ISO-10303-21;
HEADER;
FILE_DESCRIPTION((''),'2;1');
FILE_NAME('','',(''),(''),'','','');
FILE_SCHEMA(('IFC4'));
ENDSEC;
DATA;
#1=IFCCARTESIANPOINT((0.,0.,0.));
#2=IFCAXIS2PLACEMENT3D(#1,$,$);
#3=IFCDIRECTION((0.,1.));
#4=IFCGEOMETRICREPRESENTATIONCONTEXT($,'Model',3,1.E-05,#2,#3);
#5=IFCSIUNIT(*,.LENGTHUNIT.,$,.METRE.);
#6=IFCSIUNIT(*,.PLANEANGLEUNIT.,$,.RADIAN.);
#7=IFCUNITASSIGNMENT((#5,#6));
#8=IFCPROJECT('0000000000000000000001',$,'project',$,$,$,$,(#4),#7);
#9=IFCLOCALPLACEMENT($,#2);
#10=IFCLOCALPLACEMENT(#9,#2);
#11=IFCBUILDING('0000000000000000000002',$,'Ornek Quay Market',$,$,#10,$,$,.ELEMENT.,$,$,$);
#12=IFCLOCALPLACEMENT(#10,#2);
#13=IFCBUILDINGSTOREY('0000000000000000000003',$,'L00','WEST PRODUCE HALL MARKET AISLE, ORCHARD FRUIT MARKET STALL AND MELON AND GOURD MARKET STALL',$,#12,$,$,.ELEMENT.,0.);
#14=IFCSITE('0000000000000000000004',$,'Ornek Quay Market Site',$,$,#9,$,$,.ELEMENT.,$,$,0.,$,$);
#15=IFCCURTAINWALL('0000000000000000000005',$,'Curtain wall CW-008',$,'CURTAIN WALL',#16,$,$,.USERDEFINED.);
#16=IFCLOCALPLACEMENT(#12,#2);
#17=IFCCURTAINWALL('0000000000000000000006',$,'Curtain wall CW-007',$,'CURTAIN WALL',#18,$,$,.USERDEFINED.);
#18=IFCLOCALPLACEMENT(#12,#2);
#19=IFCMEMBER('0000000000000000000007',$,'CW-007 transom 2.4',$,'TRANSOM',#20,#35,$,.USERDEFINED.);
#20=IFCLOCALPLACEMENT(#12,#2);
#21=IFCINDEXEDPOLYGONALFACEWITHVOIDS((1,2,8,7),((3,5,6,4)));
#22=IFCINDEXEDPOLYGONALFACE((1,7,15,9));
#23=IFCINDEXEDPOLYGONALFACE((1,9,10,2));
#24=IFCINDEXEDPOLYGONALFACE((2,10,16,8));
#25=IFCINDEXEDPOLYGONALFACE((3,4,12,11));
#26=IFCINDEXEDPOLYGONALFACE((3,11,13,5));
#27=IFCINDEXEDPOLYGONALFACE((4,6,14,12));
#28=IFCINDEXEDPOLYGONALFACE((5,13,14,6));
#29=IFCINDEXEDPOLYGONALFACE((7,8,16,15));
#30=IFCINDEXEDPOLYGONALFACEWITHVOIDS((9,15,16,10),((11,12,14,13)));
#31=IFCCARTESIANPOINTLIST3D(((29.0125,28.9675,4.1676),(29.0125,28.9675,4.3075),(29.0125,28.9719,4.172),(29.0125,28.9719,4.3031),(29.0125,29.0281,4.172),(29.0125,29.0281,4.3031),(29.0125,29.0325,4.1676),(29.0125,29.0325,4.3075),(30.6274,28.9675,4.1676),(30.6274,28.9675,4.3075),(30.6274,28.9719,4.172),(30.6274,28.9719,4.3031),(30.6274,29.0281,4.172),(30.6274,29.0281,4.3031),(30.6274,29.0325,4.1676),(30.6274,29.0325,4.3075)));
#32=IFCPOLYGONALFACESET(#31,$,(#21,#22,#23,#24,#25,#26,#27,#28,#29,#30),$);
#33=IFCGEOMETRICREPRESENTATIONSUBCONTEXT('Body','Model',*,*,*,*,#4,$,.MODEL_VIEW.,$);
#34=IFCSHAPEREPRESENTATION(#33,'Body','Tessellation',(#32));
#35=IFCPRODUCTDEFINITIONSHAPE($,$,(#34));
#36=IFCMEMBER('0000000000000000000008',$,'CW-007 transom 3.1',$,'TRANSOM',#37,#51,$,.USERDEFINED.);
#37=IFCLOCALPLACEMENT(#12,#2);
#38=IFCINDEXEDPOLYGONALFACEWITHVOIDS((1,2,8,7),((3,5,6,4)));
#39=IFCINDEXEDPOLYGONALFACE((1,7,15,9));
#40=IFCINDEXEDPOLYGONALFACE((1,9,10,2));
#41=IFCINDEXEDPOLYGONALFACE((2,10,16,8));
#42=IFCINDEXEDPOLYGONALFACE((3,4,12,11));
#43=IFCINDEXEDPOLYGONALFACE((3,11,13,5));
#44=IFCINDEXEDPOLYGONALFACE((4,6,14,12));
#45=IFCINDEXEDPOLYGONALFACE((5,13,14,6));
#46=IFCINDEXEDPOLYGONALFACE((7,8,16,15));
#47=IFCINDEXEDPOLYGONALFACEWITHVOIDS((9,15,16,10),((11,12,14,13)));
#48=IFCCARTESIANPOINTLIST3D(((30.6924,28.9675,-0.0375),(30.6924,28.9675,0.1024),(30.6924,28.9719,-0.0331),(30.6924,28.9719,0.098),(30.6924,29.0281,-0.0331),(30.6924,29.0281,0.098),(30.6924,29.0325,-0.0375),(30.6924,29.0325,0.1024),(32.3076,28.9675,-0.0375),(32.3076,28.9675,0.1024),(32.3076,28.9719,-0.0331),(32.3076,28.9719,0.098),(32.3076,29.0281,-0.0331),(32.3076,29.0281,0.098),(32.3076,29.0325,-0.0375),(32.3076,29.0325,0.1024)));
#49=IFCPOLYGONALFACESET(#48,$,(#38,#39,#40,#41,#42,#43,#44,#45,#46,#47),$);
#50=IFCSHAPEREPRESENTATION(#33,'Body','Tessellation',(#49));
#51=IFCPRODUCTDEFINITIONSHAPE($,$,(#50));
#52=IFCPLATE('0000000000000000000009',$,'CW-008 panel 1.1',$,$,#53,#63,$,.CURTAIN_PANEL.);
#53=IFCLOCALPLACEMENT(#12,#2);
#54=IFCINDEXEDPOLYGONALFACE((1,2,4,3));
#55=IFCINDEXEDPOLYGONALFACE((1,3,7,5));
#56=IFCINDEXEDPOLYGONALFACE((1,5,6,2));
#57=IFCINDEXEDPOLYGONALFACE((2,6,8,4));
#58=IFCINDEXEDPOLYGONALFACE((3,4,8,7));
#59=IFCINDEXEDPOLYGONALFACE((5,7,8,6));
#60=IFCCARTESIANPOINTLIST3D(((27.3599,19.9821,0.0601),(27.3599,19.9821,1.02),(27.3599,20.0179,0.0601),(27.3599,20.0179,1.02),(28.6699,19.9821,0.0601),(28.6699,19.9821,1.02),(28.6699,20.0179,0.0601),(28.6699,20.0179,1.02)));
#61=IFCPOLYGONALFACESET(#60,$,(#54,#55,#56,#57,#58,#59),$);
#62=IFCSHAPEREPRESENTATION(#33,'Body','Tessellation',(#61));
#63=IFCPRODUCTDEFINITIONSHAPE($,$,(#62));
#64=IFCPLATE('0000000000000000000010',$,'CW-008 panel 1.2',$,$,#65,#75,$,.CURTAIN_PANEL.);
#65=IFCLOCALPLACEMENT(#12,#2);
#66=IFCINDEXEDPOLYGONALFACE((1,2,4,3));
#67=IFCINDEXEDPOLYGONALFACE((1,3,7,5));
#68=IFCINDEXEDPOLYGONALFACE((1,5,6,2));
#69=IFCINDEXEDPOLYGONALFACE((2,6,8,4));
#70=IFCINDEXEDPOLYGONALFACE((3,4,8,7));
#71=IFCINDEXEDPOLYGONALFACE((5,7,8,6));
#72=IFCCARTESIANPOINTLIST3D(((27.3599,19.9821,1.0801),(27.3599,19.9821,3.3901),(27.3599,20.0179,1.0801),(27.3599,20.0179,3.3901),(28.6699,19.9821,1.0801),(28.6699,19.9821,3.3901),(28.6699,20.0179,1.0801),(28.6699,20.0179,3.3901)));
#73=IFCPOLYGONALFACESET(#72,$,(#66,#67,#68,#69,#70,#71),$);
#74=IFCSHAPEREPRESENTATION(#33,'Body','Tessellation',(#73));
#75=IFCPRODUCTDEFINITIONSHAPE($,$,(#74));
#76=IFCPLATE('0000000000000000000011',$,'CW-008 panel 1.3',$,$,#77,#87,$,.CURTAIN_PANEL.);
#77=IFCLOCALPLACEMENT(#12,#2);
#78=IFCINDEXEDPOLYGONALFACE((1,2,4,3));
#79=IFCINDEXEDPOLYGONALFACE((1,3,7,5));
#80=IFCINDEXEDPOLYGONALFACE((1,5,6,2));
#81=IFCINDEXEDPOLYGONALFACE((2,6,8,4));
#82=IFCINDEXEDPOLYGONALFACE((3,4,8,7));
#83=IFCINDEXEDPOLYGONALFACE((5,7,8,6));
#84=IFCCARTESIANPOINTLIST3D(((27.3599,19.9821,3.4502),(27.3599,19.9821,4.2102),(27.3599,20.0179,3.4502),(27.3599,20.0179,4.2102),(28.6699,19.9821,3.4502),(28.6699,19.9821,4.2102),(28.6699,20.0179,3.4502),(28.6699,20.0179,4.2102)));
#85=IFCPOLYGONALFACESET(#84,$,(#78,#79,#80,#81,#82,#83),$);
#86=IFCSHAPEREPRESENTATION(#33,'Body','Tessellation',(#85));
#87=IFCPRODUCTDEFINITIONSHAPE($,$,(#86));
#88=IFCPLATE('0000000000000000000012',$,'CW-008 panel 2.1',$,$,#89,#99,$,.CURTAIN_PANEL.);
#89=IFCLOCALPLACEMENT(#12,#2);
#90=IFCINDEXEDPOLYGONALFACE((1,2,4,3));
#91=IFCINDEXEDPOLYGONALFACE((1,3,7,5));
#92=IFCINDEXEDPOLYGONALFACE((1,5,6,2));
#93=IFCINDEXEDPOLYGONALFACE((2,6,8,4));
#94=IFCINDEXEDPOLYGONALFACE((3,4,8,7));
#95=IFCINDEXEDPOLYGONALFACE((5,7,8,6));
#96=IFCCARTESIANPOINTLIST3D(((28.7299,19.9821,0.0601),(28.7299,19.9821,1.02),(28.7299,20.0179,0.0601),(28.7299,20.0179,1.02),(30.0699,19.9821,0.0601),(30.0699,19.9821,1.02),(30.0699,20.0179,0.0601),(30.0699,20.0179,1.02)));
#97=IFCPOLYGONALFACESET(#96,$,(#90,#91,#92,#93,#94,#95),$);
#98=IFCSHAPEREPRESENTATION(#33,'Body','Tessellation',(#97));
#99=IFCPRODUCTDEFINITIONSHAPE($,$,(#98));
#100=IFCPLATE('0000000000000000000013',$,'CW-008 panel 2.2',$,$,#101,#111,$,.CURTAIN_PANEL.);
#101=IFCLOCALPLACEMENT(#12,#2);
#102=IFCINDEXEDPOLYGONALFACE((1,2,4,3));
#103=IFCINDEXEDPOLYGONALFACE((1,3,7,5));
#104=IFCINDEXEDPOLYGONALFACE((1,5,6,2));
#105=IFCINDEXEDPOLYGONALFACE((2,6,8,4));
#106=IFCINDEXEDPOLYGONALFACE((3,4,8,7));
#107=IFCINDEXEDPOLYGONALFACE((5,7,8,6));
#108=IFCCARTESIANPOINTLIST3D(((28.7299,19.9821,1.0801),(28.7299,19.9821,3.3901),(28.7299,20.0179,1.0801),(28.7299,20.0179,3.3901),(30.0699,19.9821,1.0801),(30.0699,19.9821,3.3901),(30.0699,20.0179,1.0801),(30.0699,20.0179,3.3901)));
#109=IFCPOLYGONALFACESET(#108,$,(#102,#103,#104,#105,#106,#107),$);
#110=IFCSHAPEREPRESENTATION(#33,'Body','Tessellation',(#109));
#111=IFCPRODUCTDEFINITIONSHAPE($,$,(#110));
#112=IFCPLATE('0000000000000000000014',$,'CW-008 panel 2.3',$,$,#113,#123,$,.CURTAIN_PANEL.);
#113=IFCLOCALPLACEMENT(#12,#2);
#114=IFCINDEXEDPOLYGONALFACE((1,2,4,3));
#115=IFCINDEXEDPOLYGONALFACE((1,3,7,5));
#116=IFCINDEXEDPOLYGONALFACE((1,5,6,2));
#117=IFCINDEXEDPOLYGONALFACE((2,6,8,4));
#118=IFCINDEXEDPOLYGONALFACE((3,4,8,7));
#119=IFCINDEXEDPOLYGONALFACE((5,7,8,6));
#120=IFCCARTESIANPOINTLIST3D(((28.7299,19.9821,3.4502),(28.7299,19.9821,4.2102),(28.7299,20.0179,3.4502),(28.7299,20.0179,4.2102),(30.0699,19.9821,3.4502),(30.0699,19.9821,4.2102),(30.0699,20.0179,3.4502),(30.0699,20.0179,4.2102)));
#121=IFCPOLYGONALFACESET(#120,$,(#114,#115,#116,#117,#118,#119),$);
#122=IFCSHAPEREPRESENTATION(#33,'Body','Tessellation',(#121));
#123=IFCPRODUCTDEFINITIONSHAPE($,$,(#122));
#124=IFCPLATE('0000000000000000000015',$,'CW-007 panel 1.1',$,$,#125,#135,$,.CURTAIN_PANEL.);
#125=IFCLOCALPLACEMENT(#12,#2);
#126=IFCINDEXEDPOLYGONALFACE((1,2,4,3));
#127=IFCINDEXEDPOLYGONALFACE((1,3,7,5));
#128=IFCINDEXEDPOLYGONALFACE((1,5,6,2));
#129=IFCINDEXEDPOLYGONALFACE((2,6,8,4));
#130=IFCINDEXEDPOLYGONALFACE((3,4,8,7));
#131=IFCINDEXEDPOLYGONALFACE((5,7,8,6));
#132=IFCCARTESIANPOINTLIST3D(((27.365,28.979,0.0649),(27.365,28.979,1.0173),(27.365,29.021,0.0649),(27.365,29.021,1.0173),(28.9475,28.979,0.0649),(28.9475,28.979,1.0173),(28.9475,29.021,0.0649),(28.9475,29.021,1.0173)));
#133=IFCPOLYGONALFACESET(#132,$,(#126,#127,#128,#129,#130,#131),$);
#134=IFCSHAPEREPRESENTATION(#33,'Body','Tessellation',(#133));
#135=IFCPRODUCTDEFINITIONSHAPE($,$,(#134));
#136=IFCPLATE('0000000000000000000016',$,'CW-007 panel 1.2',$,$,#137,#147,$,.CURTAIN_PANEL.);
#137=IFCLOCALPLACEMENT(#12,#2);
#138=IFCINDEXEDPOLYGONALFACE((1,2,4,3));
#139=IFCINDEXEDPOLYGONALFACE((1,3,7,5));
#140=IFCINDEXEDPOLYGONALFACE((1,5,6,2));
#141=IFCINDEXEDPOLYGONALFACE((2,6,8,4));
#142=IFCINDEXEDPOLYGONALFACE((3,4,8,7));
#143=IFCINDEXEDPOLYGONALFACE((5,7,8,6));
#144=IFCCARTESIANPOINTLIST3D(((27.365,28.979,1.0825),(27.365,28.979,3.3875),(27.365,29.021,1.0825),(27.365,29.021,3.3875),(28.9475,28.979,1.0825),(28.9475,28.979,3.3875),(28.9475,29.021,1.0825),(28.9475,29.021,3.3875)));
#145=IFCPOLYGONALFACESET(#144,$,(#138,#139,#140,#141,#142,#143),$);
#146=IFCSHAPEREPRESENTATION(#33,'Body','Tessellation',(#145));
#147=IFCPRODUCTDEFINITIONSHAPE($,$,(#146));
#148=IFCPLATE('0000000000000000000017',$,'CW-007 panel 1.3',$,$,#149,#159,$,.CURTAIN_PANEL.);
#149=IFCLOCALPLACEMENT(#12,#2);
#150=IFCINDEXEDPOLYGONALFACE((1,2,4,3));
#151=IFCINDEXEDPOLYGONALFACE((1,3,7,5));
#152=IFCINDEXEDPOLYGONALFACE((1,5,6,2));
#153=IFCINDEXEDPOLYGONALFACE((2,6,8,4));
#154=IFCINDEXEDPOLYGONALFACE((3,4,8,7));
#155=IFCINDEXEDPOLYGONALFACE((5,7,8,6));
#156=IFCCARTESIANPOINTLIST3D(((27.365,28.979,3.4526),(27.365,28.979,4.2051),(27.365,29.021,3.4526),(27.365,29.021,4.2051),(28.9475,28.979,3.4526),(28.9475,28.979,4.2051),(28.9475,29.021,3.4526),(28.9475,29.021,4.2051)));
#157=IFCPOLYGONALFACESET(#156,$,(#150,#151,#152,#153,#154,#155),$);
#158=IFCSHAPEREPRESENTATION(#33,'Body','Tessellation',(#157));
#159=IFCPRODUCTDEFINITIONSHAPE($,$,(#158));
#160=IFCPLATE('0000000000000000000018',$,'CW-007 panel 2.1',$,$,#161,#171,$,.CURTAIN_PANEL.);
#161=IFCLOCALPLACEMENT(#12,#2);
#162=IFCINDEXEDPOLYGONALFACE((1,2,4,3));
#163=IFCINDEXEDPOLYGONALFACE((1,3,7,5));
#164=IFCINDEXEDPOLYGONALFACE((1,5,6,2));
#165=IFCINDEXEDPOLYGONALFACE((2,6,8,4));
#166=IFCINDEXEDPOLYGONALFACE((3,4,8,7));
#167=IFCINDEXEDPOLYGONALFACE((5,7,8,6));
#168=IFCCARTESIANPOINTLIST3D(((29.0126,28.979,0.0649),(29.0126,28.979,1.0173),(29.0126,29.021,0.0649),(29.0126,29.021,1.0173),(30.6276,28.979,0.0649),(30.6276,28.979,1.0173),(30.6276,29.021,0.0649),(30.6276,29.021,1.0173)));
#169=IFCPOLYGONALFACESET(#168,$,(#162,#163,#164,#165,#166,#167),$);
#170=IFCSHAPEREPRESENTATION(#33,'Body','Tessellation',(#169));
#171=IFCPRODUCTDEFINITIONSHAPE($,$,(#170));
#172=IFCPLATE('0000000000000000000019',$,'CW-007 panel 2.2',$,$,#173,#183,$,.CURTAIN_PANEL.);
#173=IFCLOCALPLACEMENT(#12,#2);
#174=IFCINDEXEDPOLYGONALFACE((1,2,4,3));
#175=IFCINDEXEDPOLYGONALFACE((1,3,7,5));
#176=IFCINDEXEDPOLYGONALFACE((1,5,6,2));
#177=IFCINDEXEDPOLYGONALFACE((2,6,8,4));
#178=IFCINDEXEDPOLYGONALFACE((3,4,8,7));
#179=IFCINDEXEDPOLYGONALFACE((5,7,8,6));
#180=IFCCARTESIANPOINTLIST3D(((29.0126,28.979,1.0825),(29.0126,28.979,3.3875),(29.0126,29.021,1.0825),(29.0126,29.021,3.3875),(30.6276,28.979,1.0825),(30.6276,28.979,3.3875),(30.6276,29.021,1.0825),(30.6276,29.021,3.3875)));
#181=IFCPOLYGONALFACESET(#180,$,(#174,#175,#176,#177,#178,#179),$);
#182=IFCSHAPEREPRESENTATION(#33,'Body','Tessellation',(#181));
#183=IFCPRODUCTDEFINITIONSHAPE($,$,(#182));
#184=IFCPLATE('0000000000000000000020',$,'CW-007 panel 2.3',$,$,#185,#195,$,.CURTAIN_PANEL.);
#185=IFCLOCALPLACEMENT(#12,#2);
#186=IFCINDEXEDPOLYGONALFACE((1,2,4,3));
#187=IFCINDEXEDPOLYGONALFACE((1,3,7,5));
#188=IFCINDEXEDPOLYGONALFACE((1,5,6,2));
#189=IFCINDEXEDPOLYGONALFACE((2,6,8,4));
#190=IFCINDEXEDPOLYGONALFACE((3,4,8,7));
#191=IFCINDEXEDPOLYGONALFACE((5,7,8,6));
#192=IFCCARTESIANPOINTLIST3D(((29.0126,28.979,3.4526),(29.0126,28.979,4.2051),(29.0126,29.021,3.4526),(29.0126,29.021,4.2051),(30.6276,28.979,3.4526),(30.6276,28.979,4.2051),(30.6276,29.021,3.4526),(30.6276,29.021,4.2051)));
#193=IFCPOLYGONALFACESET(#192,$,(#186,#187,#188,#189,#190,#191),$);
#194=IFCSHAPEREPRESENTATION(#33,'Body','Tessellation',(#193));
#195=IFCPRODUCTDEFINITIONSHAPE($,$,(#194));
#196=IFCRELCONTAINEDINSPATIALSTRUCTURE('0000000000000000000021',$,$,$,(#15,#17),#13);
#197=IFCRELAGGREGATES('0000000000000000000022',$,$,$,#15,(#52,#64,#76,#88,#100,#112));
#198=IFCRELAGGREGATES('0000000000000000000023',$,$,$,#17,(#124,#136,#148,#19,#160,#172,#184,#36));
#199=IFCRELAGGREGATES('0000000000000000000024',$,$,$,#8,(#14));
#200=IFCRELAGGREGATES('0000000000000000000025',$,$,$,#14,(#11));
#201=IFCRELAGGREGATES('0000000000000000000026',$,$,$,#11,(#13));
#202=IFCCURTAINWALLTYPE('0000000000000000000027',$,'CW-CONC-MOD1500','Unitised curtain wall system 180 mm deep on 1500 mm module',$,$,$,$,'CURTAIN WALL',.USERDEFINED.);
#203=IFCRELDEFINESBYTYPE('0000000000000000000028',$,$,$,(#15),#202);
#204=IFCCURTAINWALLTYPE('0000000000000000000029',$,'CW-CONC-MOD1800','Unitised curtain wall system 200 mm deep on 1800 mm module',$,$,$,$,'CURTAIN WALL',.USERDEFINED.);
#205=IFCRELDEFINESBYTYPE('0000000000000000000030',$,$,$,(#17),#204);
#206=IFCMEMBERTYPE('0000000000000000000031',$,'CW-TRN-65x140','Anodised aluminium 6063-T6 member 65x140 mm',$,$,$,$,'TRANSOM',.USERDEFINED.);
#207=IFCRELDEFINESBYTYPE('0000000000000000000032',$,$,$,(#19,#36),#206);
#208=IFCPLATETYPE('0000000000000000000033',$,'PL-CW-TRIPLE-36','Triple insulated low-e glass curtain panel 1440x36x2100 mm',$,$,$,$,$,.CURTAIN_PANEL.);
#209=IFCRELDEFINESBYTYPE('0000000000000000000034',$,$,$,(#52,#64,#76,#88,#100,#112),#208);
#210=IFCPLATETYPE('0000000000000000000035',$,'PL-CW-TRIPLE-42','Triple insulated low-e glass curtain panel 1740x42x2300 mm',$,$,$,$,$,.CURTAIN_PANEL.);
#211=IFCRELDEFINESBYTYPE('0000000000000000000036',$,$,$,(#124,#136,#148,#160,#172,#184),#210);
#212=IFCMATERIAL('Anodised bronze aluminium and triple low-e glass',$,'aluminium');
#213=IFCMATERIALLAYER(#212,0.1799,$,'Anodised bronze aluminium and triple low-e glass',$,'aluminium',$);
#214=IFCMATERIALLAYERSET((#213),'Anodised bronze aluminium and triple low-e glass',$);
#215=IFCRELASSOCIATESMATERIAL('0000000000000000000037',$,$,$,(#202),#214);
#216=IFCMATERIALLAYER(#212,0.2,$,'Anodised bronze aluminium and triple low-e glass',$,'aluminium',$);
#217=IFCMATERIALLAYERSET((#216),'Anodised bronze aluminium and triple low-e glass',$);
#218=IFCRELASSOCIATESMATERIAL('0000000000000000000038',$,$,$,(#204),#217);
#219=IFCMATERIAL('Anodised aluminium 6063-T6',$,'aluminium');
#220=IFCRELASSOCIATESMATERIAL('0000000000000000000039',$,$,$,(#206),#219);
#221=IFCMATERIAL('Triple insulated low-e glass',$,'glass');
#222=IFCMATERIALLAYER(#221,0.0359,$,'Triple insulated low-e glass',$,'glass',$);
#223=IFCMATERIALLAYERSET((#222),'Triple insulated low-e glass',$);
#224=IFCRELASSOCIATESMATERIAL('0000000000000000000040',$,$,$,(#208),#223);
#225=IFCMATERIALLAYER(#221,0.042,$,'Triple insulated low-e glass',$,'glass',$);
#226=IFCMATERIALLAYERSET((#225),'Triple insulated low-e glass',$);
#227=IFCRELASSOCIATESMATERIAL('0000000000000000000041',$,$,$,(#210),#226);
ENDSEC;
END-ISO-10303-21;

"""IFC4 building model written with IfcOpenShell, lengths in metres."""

from ifc_helpers import new_model, si_unit, direction, frame, origin, origin_2d, place, context, subcontext, project, spatial, rectangle, hollow_rectangle, extrude, material, layer, layer_set, material_profile, profile_set, type_object, element, aggregate, save


model = new_model("IFC4")

# Units and contexts
model_context = context("Model", 3, precision=1e-05, world=origin(), true_north=direction((0.0, 1.0)))
body_context = subcontext(model_context, "Body", "Model", "MODEL_VIEW")
ifc_project = project(units=[si_unit("LENGTHUNIT", "METRE"), si_unit("PLANEANGLEUNIT", "RADIAN")], contexts=[model_context])

# Site, building, storey
site_placement = place(None, origin())
site = spatial("IfcSite", under=ifc_project, at=site_placement, Name="Ornek Quay Market Site", CompositionType="ELEMENT", RefElevation=0.0)
building_placement = place(site_placement, origin())
building = spatial("IfcBuilding", under=site, at=building_placement, Name="Ornek Quay Market", CompositionType="ELEMENT")
storey_placement = place(building_placement, origin())
storey = spatial("IfcBuildingStorey", under=building, at=storey_placement, Name="L00", Description="WEST PRODUCE HALL MARKET AISLE, ORCHARD FRUIT MARKET STALL AND MELON AND GOURD MARKET STALL", CompositionType="ELEMENT", Elevation=0.0)

# Curtain walls
ifc_material_1 = material(Name="Anodised bronze aluminium and triple low-e glass", Category="aluminium")
ifc_layer_1 = layer(ifc_material_1, 0.1799, Name="Anodised bronze aluminium and triple low-e glass", Category="aluminium")
ifc_layer_set_1 = layer_set([ifc_layer_1], Name="Anodised bronze aluminium and triple low-e glass")
curtain_wall_type_1 = type_object("IfcCurtainWallType", Name="CW-CONC-MOD1500", Description="Unitised curtain wall system 180 mm deep on 1500 mm module", ElementType="CURTAIN WALL", PredefinedType="USERDEFINED", material=ifc_layer_set_1)
curtain_wall_1_placement = place(storey_placement, origin())
curtain_wall_1 = element("IfcCurtainWall", 1, at=curtain_wall_1_placement, inside=storey, type_object=curtain_wall_type_1, Name="Curtain wall CW-008", ObjectType="CURTAIN WALL", PredefinedType="USERDEFINED")
ifc_material_2 = material(Name="Anodised aluminium 6063-T6", Category="aluminium")
ifc_layer_2 = layer(ifc_material_1, 0.2, Name="Anodised bronze aluminium and triple low-e glass", Category="aluminium")
ifc_layer_set_2 = layer_set([ifc_layer_2], Name="Anodised bronze aluminium and triple low-e glass")
curtain_wall_type_2 = type_object("IfcCurtainWallType", Name="CW-CONC-MOD1800", Description="Unitised curtain wall system 200 mm deep on 1800 mm module", ElementType="CURTAIN WALL", PredefinedType="USERDEFINED", material=ifc_layer_set_2)
curtain_wall_2_placement = place(storey_placement, origin())
curtain_wall_2 = element("IfcCurtainWall", 2, at=curtain_wall_2_placement, inside=storey, type_object=curtain_wall_type_2, Name="Curtain wall CW-007", ObjectType="CURTAIN WALL", PredefinedType="USERDEFINED")

# Members
ifc_material_profile_1 = material_profile(ifc_material_2, hollow_rectangle(XDim=0.0649, YDim=0.1399, WallThickness=0.0044, at=origin_2d()), Name="CW-TRN-65x140", Category="aluminium")
ifc_profile_set_1 = profile_set([ifc_material_profile_1], Name="Anodised aluminium 6063-T6")
member_type_1 = type_object("IfcMemberType", Name="CW-TRN-65x140", Description="Anodised aluminium 6063-T6 member 65x140 mm", ElementType="TRANSOM", PredefinedType="USERDEFINED", material=ifc_profile_set_1)
member_1_placement = place(storey_placement, frame((29.0125, 29.0, 4.2375), z_axis=(1.0, 0.0, 0.0), x_axis=(0.0, 1.0, 0.0)))
member_1 = element("IfcMember", 3, at=member_1_placement, type_object=member_type_1, Name="CW-007 transom 2.4", ObjectType="TRANSOM", PredefinedType="USERDEFINED", context=body_context, shape_type="SweptSolid", body=[
    extrude(hollow_rectangle(XDim=0.0649, YDim=0.1399, WallThickness=0.0044, at=origin_2d()), origin(), (0.0, 0.0, 1.0), 1.615),
])
member_2_placement = place(storey_placement, frame((30.6924, 29.0, 0.0325), z_axis=(1.0, 0.0, 0.0), x_axis=(0.0, 1.0, 0.0)))
member_2 = element("IfcMember", 4, at=member_2_placement, type_object=member_type_1, Name="CW-007 transom 3.1", ObjectType="TRANSOM", PredefinedType="USERDEFINED", context=body_context, shape_type="SweptSolid", body=[
    extrude(hollow_rectangle(XDim=0.0649, YDim=0.1399, WallThickness=0.0044, at=origin_2d()), origin(), (0.0, 0.0, 1.0), 1.6152),
])

# Plates
ifc_material_3 = material(Name="Triple insulated low-e glass", Category="glass")
ifc_layer_3 = layer(ifc_material_3, 0.0359, Name="Triple insulated low-e glass", Category="glass")
ifc_layer_set_3 = layer_set([ifc_layer_3], Name="Triple insulated low-e glass")
plate_type_1 = type_object("IfcPlateType", Name="PL-CW-TRIPLE-36", Description="Triple insulated low-e glass curtain panel 1440x36x2100 mm", PredefinedType="CURTAIN_PANEL", material=ifc_layer_set_3)
plate_1_placement = place(storey_placement, frame((28.0149, 20.0, 0.0601), z_axis=(0.0, 0.0, 1.0), x_axis=(1.0, 0.0, 0.0)))
plate_1 = element("IfcPlate", 5, at=plate_1_placement, type_object=plate_type_1, Name="CW-008 panel 1.1", PredefinedType="CURTAIN_PANEL", context=body_context, shape_type="SweptSolid", body=[
    extrude(rectangle(XDim=1.3101, YDim=0.0359, at=origin_2d()), origin(), (0.0, 0.0, 1.0), 0.96),
])
plate_2_placement = place(storey_placement, frame((28.0149, 20.0, 1.0801), z_axis=(0.0, 0.0, 1.0), x_axis=(1.0, 0.0, 0.0)))
plate_2 = element("IfcPlate", 6, at=plate_2_placement, type_object=plate_type_1, Name="CW-008 panel 1.2", PredefinedType="CURTAIN_PANEL", context=body_context, shape_type="SweptSolid", body=[
    extrude(rectangle(XDim=1.3101, YDim=0.0359, at=origin_2d()), origin(), (0.0, 0.0, 1.0), 2.3101),
])
plate_3_placement = place(storey_placement, frame((28.0149, 20.0, 3.4502), z_axis=(0.0, 0.0, 1.0), x_axis=(1.0, 0.0, 0.0)))
plate_3 = element("IfcPlate", 7, at=plate_3_placement, type_object=plate_type_1, Name="CW-008 panel 1.3", PredefinedType="CURTAIN_PANEL", context=body_context, shape_type="SweptSolid", body=[
    extrude(rectangle(XDim=1.3101, YDim=0.0359, at=origin_2d()), origin(), (0.0, 0.0, 1.0), 0.76),
])
plate_4_placement = place(storey_placement, frame((29.3999, 20.0, 0.0601), z_axis=(0.0, 0.0, 1.0), x_axis=(1.0, 0.0, 0.0)))
plate_4 = element("IfcPlate", 8, at=plate_4_placement, type_object=plate_type_1, Name="CW-008 panel 2.1", PredefinedType="CURTAIN_PANEL", context=body_context, shape_type="SweptSolid", body=[
    extrude(rectangle(XDim=1.3401, YDim=0.0359, at=origin_2d()), origin(), (0.0, 0.0, 1.0), 0.96),
])
plate_5_placement = place(storey_placement, frame((29.3999, 20.0, 1.0801), z_axis=(0.0, 0.0, 1.0), x_axis=(1.0, 0.0, 0.0)))
plate_5 = element("IfcPlate", 9, at=plate_5_placement, type_object=plate_type_1, Name="CW-008 panel 2.2", PredefinedType="CURTAIN_PANEL", context=body_context, shape_type="SweptSolid", body=[
    extrude(rectangle(XDim=1.3401, YDim=0.0359, at=origin_2d()), origin(), (0.0, 0.0, 1.0), 2.3101),
])
plate_6_placement = place(storey_placement, frame((29.3999, 20.0, 3.4502), z_axis=(0.0, 0.0, 1.0), x_axis=(1.0, 0.0, 0.0)))
plate_6 = element("IfcPlate", 10, at=plate_6_placement, type_object=plate_type_1, Name="CW-008 panel 2.3", PredefinedType="CURTAIN_PANEL", context=body_context, shape_type="SweptSolid", body=[
    extrude(rectangle(XDim=1.3401, YDim=0.0359, at=origin_2d()), origin(), (0.0, 0.0, 1.0), 0.76),
])
aggregate(curtain_wall_1, [plate_1, plate_2, plate_3, plate_4, plate_5, plate_6])
ifc_layer_4 = layer(ifc_material_3, 0.042, Name="Triple insulated low-e glass", Category="glass")
ifc_layer_set_4 = layer_set([ifc_layer_4], Name="Triple insulated low-e glass")
plate_type_2 = type_object("IfcPlateType", Name="PL-CW-TRIPLE-42", Description="Triple insulated low-e glass curtain panel 1740x42x2300 mm", PredefinedType="CURTAIN_PANEL", material=ifc_layer_set_4)
plate_7_placement = place(storey_placement, frame((28.1562, 29.0, 0.0649), z_axis=(0.0, 0.0, 1.0), x_axis=(1.0, 0.0, 0.0)))
plate_7 = element("IfcPlate", 11, at=plate_7_placement, type_object=plate_type_2, Name="CW-007 panel 1.1", PredefinedType="CURTAIN_PANEL", context=body_context, shape_type="SweptSolid", body=[
    extrude(rectangle(XDim=1.5825, YDim=0.042, at=origin_2d()), origin(), (0.0, 0.0, 1.0), 0.9524),
])
plate_8_placement = place(storey_placement, frame((28.1562, 29.0, 1.0825), z_axis=(0.0, 0.0, 1.0), x_axis=(1.0, 0.0, 0.0)))
plate_8 = element("IfcPlate", 12, at=plate_8_placement, type_object=plate_type_2, Name="CW-007 panel 1.2", PredefinedType="CURTAIN_PANEL", context=body_context, shape_type="SweptSolid", body=[
    extrude(rectangle(XDim=1.5825, YDim=0.042, at=origin_2d()), origin(), (0.0, 0.0, 1.0), 2.3049),
])
plate_9_placement = place(storey_placement, frame((28.1562, 29.0, 3.4526), z_axis=(0.0, 0.0, 1.0), x_axis=(1.0, 0.0, 0.0)))
plate_9 = element("IfcPlate", 13, at=plate_9_placement, type_object=plate_type_2, Name="CW-007 panel 1.3", PredefinedType="CURTAIN_PANEL", context=body_context, shape_type="SweptSolid", body=[
    extrude(rectangle(XDim=1.5825, YDim=0.042, at=origin_2d()), origin(), (0.0, 0.0, 1.0), 0.7524),
])
plate_10_placement = place(storey_placement, frame((29.8201, 29.0, 0.0649), z_axis=(0.0, 0.0, 1.0), x_axis=(1.0, 0.0, 0.0)))
plate_10 = element("IfcPlate", 14, at=plate_10_placement, type_object=plate_type_2, Name="CW-007 panel 2.1", PredefinedType="CURTAIN_PANEL", context=body_context, shape_type="SweptSolid", body=[
    extrude(rectangle(XDim=1.615, YDim=0.042, at=origin_2d()), origin(), (0.0, 0.0, 1.0), 0.9524),
])
plate_11_placement = place(storey_placement, frame((29.8201, 29.0, 1.0825), z_axis=(0.0, 0.0, 1.0), x_axis=(1.0, 0.0, 0.0)))
plate_11 = element("IfcPlate", 15, at=plate_11_placement, type_object=plate_type_2, Name="CW-007 panel 2.2", PredefinedType="CURTAIN_PANEL", context=body_context, shape_type="SweptSolid", body=[
    extrude(rectangle(XDim=1.615, YDim=0.042, at=origin_2d()), origin(), (0.0, 0.0, 1.0), 2.3049),
])
plate_12_placement = place(storey_placement, frame((29.8201, 29.0, 3.4526), z_axis=(0.0, 0.0, 1.0), x_axis=(1.0, 0.0, 0.0)))
plate_12 = element("IfcPlate", 16, at=plate_12_placement, type_object=plate_type_2, Name="CW-007 panel 2.3", PredefinedType="CURTAIN_PANEL", context=body_context, shape_type="SweptSolid", body=[
    extrude(rectangle(XDim=1.615, YDim=0.042, at=origin_2d()), origin(), (0.0, 0.0, 1.0), 0.7524),
])
aggregate(curtain_wall_2, [plate_7, plate_8, plate_9, member_1, plate_10, plate_11, plate_12, member_2])

save(model, "model.ifc")
